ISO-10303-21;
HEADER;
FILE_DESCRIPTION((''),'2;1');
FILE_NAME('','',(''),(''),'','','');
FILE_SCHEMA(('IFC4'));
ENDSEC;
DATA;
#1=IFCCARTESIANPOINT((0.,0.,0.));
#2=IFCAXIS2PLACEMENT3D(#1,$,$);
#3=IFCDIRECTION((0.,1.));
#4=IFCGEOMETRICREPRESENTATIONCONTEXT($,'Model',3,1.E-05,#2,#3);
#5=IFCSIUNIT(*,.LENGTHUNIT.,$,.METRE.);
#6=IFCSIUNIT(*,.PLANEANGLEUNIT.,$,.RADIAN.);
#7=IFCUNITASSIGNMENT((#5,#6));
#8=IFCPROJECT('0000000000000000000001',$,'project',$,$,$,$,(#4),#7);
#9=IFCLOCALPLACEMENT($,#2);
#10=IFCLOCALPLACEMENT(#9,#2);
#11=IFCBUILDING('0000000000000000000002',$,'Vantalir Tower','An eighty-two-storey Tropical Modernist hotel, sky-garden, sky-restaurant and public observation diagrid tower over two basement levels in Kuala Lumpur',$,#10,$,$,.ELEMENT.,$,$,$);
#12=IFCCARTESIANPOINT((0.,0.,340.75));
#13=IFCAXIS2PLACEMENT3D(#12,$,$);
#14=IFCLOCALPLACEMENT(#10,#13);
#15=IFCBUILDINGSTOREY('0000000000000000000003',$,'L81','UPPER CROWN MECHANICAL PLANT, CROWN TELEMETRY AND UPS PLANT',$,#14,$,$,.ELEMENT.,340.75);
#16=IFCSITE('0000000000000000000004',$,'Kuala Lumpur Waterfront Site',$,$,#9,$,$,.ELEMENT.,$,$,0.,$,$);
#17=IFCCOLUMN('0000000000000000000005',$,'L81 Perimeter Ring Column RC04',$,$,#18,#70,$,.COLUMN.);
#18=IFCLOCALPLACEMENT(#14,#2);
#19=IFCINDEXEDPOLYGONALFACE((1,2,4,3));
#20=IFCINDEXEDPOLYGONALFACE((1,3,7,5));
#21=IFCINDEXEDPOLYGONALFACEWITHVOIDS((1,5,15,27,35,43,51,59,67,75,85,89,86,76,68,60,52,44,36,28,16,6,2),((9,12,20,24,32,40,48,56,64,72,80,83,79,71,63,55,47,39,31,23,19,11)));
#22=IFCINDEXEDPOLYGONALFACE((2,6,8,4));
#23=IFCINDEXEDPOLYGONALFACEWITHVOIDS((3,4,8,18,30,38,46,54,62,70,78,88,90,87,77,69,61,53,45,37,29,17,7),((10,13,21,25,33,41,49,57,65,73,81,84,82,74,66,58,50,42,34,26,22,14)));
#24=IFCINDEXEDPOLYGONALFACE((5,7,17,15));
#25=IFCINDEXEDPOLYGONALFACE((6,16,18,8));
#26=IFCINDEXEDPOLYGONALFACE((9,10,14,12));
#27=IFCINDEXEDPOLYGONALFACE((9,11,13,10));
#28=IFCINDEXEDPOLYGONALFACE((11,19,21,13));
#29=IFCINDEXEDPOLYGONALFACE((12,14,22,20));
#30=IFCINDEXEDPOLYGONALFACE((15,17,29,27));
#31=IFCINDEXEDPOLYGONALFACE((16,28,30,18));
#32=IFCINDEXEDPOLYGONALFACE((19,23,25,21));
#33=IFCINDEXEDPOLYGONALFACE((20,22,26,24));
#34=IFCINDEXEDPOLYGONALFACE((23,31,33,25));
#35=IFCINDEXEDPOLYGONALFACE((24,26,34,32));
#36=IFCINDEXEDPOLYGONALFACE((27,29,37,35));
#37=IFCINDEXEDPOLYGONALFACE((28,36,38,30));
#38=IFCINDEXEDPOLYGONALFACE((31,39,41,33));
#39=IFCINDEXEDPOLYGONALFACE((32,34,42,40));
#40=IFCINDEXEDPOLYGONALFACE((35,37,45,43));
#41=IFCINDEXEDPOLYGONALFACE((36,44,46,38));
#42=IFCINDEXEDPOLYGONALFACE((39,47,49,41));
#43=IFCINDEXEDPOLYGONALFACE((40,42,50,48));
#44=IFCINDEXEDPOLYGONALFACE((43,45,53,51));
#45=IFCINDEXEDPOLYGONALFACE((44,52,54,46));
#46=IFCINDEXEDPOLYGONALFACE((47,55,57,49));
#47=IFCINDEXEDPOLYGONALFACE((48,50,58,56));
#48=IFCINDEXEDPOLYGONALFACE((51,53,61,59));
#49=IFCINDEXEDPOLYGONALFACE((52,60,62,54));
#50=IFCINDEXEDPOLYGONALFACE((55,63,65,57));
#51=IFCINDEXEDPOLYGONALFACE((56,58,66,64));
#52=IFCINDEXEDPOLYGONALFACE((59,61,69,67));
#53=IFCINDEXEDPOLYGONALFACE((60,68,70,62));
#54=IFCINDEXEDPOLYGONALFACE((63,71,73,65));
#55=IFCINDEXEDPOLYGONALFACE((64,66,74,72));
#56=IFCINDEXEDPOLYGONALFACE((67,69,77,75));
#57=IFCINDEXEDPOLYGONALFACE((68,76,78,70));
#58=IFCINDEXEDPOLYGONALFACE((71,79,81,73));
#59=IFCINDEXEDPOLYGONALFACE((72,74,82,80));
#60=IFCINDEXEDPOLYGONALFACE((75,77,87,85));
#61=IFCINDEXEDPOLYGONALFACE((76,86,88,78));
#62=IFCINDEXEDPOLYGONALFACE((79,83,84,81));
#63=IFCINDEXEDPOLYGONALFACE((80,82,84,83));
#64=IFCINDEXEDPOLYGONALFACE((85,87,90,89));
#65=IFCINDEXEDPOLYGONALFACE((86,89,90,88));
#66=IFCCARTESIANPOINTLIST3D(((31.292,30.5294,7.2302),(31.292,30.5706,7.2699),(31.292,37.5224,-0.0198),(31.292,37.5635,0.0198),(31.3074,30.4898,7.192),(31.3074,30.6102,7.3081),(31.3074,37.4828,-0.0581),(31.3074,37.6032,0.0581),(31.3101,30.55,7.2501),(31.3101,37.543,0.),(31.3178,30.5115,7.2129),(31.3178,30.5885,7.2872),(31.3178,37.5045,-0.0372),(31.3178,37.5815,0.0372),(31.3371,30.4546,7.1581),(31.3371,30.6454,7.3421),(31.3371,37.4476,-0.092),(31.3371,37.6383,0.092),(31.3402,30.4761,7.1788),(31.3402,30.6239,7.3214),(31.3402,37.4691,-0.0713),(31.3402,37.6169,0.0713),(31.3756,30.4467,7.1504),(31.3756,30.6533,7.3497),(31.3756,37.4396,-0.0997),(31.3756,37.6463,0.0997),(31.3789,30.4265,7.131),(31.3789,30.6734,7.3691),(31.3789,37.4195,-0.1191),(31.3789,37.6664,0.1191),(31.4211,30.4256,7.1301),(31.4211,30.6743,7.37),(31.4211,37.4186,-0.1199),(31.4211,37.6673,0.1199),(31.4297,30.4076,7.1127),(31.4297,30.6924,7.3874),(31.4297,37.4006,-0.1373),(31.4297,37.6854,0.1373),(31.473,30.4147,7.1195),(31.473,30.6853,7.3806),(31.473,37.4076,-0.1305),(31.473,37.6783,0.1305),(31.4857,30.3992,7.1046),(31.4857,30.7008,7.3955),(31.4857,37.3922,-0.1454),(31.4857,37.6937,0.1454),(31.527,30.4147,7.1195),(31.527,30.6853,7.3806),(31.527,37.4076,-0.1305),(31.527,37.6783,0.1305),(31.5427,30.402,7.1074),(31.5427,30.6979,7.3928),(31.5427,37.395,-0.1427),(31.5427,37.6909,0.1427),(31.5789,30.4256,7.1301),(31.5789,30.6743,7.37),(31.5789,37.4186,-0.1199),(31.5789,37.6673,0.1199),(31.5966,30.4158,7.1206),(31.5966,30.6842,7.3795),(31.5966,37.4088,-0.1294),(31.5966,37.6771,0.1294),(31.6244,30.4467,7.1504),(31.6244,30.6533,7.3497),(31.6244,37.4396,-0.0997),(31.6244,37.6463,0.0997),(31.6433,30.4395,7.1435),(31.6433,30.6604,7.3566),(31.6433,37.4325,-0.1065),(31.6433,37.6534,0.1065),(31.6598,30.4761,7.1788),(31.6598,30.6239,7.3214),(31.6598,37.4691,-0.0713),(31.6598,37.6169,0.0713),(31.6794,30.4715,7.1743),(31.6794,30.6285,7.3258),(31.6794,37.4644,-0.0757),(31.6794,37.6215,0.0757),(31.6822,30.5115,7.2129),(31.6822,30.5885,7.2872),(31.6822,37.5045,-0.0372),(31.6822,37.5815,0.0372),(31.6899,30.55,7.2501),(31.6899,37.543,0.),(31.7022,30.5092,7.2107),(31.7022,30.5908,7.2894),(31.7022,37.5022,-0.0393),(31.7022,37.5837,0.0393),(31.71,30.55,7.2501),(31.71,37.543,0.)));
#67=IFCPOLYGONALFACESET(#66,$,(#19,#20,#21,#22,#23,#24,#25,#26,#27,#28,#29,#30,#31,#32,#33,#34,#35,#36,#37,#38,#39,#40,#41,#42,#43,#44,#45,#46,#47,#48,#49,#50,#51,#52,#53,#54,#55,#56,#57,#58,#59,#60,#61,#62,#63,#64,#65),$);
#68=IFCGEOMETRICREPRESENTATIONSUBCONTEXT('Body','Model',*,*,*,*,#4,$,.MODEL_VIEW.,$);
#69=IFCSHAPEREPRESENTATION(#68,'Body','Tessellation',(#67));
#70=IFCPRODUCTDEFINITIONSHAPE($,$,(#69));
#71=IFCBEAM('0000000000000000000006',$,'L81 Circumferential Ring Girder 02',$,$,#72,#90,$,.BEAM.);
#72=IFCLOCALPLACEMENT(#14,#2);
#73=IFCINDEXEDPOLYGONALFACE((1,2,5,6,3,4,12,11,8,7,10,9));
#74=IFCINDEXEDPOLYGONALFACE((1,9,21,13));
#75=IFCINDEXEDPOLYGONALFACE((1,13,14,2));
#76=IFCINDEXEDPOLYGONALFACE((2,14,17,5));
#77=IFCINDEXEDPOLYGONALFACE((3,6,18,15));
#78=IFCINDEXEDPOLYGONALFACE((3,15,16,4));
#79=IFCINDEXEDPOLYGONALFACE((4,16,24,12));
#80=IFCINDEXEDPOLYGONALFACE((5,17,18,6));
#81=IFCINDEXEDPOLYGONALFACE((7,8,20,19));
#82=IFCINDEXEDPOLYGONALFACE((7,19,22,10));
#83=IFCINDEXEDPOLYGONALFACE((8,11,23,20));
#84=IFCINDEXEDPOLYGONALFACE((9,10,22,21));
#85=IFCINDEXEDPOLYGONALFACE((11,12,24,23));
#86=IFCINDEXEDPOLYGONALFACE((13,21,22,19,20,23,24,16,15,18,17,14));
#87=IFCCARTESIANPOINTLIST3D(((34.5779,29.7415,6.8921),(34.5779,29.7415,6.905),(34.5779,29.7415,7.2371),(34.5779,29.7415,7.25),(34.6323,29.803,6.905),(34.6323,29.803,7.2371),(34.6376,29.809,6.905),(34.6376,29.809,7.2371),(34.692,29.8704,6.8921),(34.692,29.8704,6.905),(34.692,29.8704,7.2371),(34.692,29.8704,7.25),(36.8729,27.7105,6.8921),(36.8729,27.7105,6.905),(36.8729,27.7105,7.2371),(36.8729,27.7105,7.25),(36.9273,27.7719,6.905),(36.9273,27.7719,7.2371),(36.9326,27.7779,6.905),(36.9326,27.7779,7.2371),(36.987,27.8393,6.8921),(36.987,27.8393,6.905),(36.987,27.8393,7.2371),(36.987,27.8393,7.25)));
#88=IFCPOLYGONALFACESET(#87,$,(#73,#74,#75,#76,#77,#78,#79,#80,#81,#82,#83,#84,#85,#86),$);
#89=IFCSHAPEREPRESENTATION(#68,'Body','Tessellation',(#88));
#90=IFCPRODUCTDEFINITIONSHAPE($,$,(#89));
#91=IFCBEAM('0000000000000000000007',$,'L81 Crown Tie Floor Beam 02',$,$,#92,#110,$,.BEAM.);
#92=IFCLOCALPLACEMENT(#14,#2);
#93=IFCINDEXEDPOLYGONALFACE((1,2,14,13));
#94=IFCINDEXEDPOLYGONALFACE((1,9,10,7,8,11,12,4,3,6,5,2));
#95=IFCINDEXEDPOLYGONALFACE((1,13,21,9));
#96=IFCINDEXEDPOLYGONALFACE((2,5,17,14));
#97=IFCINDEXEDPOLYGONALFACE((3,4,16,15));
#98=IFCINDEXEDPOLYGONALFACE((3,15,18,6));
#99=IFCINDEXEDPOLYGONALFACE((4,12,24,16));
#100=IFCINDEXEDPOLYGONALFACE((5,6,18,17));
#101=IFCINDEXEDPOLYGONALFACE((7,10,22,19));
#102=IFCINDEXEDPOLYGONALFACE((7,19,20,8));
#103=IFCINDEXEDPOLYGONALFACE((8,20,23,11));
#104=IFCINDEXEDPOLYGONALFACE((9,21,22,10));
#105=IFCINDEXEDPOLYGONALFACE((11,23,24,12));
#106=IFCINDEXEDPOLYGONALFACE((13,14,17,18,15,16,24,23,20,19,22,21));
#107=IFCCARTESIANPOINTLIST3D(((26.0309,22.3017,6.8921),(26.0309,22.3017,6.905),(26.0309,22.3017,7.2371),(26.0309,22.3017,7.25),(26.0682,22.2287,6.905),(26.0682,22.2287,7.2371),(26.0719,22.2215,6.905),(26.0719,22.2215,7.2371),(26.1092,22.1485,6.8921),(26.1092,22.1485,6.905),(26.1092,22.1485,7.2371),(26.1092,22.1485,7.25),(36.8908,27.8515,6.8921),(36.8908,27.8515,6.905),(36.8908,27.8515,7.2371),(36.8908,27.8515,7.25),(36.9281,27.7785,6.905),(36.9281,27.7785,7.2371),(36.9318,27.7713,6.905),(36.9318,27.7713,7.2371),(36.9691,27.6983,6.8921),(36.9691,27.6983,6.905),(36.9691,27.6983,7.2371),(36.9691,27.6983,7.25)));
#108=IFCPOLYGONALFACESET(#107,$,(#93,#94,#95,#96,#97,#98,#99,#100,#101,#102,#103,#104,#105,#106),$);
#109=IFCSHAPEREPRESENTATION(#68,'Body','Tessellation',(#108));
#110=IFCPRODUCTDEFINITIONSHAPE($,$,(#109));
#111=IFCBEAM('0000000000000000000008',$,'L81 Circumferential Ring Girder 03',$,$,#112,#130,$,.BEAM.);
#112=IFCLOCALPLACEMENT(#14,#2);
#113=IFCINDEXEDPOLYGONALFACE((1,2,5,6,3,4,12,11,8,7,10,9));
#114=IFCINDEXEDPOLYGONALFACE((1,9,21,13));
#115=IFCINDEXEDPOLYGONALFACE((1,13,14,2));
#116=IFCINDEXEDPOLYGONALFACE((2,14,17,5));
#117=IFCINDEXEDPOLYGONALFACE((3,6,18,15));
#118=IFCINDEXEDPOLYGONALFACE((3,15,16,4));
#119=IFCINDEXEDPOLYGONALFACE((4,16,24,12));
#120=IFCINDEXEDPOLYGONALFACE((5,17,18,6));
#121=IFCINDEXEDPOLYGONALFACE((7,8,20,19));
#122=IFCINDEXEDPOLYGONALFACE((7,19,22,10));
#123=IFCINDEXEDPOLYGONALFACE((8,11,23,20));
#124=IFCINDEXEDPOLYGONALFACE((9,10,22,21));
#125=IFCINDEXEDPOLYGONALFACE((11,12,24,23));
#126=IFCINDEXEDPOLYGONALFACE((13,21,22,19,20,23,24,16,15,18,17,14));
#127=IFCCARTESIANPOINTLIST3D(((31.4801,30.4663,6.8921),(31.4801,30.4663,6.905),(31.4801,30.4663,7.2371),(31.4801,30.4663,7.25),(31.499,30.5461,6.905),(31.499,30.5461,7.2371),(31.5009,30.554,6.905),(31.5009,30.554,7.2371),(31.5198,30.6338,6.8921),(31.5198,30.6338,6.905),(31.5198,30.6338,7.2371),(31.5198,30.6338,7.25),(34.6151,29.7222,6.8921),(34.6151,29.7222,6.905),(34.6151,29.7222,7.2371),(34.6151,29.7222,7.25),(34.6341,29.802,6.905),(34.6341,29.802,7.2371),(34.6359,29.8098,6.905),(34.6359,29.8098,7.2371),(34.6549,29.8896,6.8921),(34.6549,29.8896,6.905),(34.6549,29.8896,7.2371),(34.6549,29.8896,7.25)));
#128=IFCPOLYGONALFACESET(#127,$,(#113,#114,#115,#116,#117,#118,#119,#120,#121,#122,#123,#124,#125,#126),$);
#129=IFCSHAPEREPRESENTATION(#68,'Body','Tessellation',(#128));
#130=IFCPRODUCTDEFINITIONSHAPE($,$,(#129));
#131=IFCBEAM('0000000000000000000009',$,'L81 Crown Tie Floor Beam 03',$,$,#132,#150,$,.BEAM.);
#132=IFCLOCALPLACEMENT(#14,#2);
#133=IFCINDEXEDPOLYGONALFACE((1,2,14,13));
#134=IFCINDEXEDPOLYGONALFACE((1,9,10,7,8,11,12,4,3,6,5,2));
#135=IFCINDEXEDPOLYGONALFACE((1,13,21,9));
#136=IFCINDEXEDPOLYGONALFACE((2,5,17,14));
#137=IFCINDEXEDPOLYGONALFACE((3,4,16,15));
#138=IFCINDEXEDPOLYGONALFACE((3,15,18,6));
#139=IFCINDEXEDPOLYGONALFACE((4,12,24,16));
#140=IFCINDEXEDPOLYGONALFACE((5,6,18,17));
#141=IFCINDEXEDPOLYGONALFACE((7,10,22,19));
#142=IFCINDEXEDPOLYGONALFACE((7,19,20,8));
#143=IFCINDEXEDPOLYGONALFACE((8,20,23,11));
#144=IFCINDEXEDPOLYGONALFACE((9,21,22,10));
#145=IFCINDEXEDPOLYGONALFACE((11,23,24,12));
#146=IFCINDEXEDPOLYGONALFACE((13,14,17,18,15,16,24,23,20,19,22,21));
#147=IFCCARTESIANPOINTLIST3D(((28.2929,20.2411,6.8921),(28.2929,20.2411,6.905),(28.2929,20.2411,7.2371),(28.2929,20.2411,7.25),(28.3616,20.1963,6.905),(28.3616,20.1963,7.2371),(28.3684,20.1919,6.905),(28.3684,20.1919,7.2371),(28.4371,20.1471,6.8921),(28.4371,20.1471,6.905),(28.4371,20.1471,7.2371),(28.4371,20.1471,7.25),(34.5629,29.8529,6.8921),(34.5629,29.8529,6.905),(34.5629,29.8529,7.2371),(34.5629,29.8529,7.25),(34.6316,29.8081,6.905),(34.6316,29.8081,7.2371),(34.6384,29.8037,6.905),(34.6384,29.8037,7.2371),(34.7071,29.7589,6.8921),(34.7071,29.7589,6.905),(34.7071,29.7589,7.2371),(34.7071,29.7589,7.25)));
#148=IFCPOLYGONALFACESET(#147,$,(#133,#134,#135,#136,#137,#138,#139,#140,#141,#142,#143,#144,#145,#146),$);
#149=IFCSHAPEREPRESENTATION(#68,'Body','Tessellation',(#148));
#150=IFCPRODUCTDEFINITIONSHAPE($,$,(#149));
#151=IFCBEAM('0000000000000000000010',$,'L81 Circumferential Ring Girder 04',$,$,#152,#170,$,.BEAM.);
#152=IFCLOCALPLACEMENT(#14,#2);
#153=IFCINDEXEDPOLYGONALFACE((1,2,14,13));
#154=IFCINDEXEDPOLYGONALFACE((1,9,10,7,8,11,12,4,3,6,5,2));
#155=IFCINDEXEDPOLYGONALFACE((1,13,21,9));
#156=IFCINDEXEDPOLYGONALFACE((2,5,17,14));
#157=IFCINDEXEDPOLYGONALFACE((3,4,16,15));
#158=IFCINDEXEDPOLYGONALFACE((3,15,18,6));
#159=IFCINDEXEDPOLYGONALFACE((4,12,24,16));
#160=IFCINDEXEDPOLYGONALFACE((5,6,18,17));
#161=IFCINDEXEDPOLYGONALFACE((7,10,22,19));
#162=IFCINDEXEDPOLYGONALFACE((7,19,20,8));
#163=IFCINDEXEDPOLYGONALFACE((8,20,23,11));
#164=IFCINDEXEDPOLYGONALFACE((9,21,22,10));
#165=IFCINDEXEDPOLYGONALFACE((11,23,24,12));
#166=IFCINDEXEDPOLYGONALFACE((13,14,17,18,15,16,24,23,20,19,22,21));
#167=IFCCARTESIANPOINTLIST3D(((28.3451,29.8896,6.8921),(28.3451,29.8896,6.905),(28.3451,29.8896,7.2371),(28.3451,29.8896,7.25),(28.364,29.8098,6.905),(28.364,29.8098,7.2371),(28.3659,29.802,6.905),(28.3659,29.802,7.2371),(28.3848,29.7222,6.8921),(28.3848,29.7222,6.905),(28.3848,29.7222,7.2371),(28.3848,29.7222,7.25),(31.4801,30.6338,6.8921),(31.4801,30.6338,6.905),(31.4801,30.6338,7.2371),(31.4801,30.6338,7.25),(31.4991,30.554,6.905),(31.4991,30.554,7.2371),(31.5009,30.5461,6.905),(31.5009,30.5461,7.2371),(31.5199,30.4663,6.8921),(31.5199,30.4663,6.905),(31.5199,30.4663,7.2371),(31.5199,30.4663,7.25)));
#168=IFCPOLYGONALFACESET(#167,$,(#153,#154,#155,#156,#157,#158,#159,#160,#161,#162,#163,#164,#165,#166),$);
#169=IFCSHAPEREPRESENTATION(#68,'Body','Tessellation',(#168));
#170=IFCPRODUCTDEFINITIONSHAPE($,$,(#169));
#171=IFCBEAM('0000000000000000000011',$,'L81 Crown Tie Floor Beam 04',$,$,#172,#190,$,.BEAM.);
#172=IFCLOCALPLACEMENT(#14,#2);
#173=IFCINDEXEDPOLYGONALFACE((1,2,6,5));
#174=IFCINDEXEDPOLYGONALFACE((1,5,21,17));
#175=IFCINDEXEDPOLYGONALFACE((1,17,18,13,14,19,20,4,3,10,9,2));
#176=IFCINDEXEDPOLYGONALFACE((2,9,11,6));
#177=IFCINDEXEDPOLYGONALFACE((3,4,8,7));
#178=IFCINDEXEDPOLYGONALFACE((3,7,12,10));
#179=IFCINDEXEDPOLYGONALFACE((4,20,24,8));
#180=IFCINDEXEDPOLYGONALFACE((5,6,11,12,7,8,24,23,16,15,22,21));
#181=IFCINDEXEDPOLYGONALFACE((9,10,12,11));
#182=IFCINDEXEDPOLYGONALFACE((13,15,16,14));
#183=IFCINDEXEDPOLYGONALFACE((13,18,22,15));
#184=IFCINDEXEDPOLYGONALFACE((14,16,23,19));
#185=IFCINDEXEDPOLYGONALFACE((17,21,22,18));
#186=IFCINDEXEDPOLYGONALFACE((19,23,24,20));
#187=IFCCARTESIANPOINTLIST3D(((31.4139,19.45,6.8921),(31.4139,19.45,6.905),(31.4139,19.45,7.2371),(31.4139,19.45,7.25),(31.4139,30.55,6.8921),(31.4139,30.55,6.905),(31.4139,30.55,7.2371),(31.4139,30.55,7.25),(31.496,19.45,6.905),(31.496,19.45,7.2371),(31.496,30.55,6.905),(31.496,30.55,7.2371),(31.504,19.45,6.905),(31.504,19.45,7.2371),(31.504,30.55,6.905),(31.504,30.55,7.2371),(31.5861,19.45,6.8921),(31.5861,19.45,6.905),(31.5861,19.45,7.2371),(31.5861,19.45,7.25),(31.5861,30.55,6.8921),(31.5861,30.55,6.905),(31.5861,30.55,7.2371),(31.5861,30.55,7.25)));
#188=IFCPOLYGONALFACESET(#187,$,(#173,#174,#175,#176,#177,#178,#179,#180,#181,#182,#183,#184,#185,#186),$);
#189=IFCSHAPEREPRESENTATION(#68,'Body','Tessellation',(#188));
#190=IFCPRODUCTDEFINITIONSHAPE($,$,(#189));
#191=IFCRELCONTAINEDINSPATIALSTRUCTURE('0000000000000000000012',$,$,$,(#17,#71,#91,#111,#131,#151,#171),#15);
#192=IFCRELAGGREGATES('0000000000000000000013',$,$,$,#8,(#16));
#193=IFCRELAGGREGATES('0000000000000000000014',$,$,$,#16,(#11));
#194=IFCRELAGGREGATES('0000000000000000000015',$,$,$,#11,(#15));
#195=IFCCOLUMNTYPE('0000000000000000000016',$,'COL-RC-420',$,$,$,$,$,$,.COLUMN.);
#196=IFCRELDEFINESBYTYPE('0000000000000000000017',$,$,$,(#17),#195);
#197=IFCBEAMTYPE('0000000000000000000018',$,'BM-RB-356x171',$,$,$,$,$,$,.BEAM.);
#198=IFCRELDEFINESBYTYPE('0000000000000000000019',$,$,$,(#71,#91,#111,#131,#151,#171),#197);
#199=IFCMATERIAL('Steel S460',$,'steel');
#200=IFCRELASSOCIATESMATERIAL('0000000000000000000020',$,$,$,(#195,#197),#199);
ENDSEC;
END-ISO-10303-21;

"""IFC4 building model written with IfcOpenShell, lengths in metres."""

from ifc_helpers import new_model, si_unit, direction, frame, origin, origin_2d, place, context, subcontext, project, spatial, hollow_circle, i_section, extrude, material, material_profile, profile_set, type_object, element, save


model = new_model("IFC4")

# Units and contexts
model_context = context("Model", 3, precision=1e-05, world=origin(), true_north=direction((0.0, 1.0)))
body_context = subcontext(model_context, "Body", "Model", "MODEL_VIEW")
ifc_project = project(units=[si_unit("LENGTHUNIT", "METRE"), si_unit("PLANEANGLEUNIT", "RADIAN")], contexts=[model_context])

# Site, building, storey
site_placement = place(None, origin())
site = spatial("IfcSite", under=ifc_project, at=site_placement, Name="Kuala Lumpur Waterfront Site", CompositionType="ELEMENT", RefElevation=0.0)
building_placement = place(site_placement, origin())
building = spatial("IfcBuilding", under=site, at=building_placement, Name="Vantalir Tower", Description="An eighty-two-storey Tropical Modernist hotel, sky-garden, sky-restaurant and public observation diagrid tower over two basement levels in Kuala Lumpur", CompositionType="ELEMENT")
storey_placement = place(building_placement, frame((0.0, 0.0, 340.75)))
storey = spatial("IfcBuildingStorey", under=building, at=storey_placement, Name="L81", Description="UPPER CROWN MECHANICAL PLANT, CROWN TELEMETRY AND UPS PLANT", CompositionType="ELEMENT", Elevation=340.75)

# Column
ifc_material_1 = material(Name="Steel S460", Category="steel")
ifc_material_profile_1 = material_profile(ifc_material_1, hollow_circle(Radius=0.21, WallThickness=0.02, at=origin_2d()), Name="Steel S460")
ifc_profile_set_1 = profile_set([ifc_material_profile_1], Name="Steel S460")
column_type = type_object("IfcColumnType", Name="COL-RC-420", PredefinedType="COLUMN", material=ifc_profile_set_1)
column_placement = place(storey_placement, frame((31.5, 37.543, 0.0), z_axis=(0.0, -0.694231, 0.719753), x_axis=(1.0, 0.0, 0.0)))
element("IfcColumn", 1, at=column_placement, inside=storey, type_object=column_type, Name="L81 Perimeter Ring Column RC04", PredefinedType="COLUMN", context=body_context, shape_type="SweptSolid", body=[
    extrude(hollow_circle(Radius=0.21, WallThickness=0.02, at=origin_2d()), origin(), (0.0, 0.0, 1.0), 10.073),
])

# Beams
ifc_material_profile_2 = material_profile(ifc_material_1, i_section(OverallWidth=0.1721, OverallDepth=0.3579, WebThickness=0.0081, FlangeThickness=0.0129, at=origin_2d()), Name="Steel S460")
ifc_profile_set_2 = profile_set([ifc_material_profile_2], Name="Steel S460")
beam_type = type_object("IfcBeamType", Name="BM-RB-356x171", PredefinedType="BEAM", material=ifc_profile_set_2)
beam_1_placement = place(storey_placement, frame((36.9299, 27.7749, 7.071), z_axis=(-0.748854, 0.662735, 0.0), x_axis=(-0.662735, -0.748854, 0.0)))
element("IfcBeam", 2, at=beam_1_placement, inside=storey, type_object=beam_type, Name="L81 Circumferential Ring Girder 02", PredefinedType="BEAM", context=body_context, shape_type="SweptSolid", body=[
    extrude(i_section(OverallWidth=0.1721, OverallDepth=0.3579, WebThickness=0.0081, FlangeThickness=0.0129, at=origin_2d()), origin(), (0.0, 0.0, 1.0), 3.0647),
])
beam_2_placement = place(storey_placement, frame((36.9299, 27.7749, 7.071), z_axis=(-0.890461, -0.45506, 0.0), x_axis=(0.45506, -0.890461, 0.0)))
element("IfcBeam", 3, at=beam_2_placement, inside=storey, type_object=beam_type, Name="L81 Crown Tie Floor Beam 02", PredefinedType="BEAM", context=body_context, shape_type="SweptSolid", body=[
    extrude(i_section(OverallWidth=0.1721, OverallDepth=0.3579, WebThickness=0.0081, FlangeThickness=0.0129, at=origin_2d()), origin(), (0.0, 0.0, 1.0), 12.1958),
])
beam_3_placement = place(storey_placement, frame((34.635, 29.8059, 7.071), z_axis=(-0.972966, 0.230948, 0.0), x_axis=(-0.230948, -0.972966, 0.0)))
element("IfcBeam", 4, at=beam_3_placement, inside=storey, type_object=beam_type, Name="L81 Circumferential Ring Girder 03", PredefinedType="BEAM", context=body_context, shape_type="SweptSolid", body=[
    extrude(i_section(OverallWidth=0.1721, OverallDepth=0.3579, WebThickness=0.0081, FlangeThickness=0.0129, at=origin_2d()), origin(), (0.0, 0.0, 1.0), 3.2222),
])
beam_4_placement = place(storey_placement, frame((34.635, 29.8059, 7.071), z_axis=(-0.546356, -0.837553, 0.0), x_axis=(0.837553, -0.546356, 0.0)))
element("IfcBeam", 5, at=beam_4_placement, inside=storey, type_object=beam_type, Name="L81 Crown Tie Floor Beam 03", PredefinedType="BEAM", context=body_context, shape_type="SweptSolid", body=[
    extrude(i_section(OverallWidth=0.1721, OverallDepth=0.3579, WebThickness=0.0081, FlangeThickness=0.0129, at=origin_2d()), origin(), (0.0, 0.0, 1.0), 11.4761),
])
beam_5_placement = place(storey_placement, frame((31.5, 30.55, 7.071), z_axis=(-0.972966, -0.230948, 0.0), x_axis=(0.230948, -0.972966, 0.0)))
element("IfcBeam", 6, at=beam_5_placement, inside=storey, type_object=beam_type, Name="L81 Circumferential Ring Girder 04", PredefinedType="BEAM", context=body_context, shape_type="SweptSolid", body=[
    extrude(i_section(OverallWidth=0.1721, OverallDepth=0.3579, WebThickness=0.0081, FlangeThickness=0.0129, at=origin_2d()), origin(), (0.0, 0.0, 1.0), 3.2222),
])
beam_6_placement = place(storey_placement, frame((31.5, 30.55, 7.071), z_axis=(0.0, -1.0, 0.0), x_axis=(1.0, 0.0, 0.0)))
element("IfcBeam", 7, at=beam_6_placement, inside=storey, type_object=beam_type, Name="L81 Crown Tie Floor Beam 04", PredefinedType="BEAM", context=body_context, shape_type="SweptSolid", body=[
    extrude(i_section(OverallWidth=0.1721, OverallDepth=0.3579, WebThickness=0.0081, FlangeThickness=0.0129, at=origin_2d()), origin(), (0.0, 0.0, 1.0), 11.1001),
])

save(model, "model.ifc")
